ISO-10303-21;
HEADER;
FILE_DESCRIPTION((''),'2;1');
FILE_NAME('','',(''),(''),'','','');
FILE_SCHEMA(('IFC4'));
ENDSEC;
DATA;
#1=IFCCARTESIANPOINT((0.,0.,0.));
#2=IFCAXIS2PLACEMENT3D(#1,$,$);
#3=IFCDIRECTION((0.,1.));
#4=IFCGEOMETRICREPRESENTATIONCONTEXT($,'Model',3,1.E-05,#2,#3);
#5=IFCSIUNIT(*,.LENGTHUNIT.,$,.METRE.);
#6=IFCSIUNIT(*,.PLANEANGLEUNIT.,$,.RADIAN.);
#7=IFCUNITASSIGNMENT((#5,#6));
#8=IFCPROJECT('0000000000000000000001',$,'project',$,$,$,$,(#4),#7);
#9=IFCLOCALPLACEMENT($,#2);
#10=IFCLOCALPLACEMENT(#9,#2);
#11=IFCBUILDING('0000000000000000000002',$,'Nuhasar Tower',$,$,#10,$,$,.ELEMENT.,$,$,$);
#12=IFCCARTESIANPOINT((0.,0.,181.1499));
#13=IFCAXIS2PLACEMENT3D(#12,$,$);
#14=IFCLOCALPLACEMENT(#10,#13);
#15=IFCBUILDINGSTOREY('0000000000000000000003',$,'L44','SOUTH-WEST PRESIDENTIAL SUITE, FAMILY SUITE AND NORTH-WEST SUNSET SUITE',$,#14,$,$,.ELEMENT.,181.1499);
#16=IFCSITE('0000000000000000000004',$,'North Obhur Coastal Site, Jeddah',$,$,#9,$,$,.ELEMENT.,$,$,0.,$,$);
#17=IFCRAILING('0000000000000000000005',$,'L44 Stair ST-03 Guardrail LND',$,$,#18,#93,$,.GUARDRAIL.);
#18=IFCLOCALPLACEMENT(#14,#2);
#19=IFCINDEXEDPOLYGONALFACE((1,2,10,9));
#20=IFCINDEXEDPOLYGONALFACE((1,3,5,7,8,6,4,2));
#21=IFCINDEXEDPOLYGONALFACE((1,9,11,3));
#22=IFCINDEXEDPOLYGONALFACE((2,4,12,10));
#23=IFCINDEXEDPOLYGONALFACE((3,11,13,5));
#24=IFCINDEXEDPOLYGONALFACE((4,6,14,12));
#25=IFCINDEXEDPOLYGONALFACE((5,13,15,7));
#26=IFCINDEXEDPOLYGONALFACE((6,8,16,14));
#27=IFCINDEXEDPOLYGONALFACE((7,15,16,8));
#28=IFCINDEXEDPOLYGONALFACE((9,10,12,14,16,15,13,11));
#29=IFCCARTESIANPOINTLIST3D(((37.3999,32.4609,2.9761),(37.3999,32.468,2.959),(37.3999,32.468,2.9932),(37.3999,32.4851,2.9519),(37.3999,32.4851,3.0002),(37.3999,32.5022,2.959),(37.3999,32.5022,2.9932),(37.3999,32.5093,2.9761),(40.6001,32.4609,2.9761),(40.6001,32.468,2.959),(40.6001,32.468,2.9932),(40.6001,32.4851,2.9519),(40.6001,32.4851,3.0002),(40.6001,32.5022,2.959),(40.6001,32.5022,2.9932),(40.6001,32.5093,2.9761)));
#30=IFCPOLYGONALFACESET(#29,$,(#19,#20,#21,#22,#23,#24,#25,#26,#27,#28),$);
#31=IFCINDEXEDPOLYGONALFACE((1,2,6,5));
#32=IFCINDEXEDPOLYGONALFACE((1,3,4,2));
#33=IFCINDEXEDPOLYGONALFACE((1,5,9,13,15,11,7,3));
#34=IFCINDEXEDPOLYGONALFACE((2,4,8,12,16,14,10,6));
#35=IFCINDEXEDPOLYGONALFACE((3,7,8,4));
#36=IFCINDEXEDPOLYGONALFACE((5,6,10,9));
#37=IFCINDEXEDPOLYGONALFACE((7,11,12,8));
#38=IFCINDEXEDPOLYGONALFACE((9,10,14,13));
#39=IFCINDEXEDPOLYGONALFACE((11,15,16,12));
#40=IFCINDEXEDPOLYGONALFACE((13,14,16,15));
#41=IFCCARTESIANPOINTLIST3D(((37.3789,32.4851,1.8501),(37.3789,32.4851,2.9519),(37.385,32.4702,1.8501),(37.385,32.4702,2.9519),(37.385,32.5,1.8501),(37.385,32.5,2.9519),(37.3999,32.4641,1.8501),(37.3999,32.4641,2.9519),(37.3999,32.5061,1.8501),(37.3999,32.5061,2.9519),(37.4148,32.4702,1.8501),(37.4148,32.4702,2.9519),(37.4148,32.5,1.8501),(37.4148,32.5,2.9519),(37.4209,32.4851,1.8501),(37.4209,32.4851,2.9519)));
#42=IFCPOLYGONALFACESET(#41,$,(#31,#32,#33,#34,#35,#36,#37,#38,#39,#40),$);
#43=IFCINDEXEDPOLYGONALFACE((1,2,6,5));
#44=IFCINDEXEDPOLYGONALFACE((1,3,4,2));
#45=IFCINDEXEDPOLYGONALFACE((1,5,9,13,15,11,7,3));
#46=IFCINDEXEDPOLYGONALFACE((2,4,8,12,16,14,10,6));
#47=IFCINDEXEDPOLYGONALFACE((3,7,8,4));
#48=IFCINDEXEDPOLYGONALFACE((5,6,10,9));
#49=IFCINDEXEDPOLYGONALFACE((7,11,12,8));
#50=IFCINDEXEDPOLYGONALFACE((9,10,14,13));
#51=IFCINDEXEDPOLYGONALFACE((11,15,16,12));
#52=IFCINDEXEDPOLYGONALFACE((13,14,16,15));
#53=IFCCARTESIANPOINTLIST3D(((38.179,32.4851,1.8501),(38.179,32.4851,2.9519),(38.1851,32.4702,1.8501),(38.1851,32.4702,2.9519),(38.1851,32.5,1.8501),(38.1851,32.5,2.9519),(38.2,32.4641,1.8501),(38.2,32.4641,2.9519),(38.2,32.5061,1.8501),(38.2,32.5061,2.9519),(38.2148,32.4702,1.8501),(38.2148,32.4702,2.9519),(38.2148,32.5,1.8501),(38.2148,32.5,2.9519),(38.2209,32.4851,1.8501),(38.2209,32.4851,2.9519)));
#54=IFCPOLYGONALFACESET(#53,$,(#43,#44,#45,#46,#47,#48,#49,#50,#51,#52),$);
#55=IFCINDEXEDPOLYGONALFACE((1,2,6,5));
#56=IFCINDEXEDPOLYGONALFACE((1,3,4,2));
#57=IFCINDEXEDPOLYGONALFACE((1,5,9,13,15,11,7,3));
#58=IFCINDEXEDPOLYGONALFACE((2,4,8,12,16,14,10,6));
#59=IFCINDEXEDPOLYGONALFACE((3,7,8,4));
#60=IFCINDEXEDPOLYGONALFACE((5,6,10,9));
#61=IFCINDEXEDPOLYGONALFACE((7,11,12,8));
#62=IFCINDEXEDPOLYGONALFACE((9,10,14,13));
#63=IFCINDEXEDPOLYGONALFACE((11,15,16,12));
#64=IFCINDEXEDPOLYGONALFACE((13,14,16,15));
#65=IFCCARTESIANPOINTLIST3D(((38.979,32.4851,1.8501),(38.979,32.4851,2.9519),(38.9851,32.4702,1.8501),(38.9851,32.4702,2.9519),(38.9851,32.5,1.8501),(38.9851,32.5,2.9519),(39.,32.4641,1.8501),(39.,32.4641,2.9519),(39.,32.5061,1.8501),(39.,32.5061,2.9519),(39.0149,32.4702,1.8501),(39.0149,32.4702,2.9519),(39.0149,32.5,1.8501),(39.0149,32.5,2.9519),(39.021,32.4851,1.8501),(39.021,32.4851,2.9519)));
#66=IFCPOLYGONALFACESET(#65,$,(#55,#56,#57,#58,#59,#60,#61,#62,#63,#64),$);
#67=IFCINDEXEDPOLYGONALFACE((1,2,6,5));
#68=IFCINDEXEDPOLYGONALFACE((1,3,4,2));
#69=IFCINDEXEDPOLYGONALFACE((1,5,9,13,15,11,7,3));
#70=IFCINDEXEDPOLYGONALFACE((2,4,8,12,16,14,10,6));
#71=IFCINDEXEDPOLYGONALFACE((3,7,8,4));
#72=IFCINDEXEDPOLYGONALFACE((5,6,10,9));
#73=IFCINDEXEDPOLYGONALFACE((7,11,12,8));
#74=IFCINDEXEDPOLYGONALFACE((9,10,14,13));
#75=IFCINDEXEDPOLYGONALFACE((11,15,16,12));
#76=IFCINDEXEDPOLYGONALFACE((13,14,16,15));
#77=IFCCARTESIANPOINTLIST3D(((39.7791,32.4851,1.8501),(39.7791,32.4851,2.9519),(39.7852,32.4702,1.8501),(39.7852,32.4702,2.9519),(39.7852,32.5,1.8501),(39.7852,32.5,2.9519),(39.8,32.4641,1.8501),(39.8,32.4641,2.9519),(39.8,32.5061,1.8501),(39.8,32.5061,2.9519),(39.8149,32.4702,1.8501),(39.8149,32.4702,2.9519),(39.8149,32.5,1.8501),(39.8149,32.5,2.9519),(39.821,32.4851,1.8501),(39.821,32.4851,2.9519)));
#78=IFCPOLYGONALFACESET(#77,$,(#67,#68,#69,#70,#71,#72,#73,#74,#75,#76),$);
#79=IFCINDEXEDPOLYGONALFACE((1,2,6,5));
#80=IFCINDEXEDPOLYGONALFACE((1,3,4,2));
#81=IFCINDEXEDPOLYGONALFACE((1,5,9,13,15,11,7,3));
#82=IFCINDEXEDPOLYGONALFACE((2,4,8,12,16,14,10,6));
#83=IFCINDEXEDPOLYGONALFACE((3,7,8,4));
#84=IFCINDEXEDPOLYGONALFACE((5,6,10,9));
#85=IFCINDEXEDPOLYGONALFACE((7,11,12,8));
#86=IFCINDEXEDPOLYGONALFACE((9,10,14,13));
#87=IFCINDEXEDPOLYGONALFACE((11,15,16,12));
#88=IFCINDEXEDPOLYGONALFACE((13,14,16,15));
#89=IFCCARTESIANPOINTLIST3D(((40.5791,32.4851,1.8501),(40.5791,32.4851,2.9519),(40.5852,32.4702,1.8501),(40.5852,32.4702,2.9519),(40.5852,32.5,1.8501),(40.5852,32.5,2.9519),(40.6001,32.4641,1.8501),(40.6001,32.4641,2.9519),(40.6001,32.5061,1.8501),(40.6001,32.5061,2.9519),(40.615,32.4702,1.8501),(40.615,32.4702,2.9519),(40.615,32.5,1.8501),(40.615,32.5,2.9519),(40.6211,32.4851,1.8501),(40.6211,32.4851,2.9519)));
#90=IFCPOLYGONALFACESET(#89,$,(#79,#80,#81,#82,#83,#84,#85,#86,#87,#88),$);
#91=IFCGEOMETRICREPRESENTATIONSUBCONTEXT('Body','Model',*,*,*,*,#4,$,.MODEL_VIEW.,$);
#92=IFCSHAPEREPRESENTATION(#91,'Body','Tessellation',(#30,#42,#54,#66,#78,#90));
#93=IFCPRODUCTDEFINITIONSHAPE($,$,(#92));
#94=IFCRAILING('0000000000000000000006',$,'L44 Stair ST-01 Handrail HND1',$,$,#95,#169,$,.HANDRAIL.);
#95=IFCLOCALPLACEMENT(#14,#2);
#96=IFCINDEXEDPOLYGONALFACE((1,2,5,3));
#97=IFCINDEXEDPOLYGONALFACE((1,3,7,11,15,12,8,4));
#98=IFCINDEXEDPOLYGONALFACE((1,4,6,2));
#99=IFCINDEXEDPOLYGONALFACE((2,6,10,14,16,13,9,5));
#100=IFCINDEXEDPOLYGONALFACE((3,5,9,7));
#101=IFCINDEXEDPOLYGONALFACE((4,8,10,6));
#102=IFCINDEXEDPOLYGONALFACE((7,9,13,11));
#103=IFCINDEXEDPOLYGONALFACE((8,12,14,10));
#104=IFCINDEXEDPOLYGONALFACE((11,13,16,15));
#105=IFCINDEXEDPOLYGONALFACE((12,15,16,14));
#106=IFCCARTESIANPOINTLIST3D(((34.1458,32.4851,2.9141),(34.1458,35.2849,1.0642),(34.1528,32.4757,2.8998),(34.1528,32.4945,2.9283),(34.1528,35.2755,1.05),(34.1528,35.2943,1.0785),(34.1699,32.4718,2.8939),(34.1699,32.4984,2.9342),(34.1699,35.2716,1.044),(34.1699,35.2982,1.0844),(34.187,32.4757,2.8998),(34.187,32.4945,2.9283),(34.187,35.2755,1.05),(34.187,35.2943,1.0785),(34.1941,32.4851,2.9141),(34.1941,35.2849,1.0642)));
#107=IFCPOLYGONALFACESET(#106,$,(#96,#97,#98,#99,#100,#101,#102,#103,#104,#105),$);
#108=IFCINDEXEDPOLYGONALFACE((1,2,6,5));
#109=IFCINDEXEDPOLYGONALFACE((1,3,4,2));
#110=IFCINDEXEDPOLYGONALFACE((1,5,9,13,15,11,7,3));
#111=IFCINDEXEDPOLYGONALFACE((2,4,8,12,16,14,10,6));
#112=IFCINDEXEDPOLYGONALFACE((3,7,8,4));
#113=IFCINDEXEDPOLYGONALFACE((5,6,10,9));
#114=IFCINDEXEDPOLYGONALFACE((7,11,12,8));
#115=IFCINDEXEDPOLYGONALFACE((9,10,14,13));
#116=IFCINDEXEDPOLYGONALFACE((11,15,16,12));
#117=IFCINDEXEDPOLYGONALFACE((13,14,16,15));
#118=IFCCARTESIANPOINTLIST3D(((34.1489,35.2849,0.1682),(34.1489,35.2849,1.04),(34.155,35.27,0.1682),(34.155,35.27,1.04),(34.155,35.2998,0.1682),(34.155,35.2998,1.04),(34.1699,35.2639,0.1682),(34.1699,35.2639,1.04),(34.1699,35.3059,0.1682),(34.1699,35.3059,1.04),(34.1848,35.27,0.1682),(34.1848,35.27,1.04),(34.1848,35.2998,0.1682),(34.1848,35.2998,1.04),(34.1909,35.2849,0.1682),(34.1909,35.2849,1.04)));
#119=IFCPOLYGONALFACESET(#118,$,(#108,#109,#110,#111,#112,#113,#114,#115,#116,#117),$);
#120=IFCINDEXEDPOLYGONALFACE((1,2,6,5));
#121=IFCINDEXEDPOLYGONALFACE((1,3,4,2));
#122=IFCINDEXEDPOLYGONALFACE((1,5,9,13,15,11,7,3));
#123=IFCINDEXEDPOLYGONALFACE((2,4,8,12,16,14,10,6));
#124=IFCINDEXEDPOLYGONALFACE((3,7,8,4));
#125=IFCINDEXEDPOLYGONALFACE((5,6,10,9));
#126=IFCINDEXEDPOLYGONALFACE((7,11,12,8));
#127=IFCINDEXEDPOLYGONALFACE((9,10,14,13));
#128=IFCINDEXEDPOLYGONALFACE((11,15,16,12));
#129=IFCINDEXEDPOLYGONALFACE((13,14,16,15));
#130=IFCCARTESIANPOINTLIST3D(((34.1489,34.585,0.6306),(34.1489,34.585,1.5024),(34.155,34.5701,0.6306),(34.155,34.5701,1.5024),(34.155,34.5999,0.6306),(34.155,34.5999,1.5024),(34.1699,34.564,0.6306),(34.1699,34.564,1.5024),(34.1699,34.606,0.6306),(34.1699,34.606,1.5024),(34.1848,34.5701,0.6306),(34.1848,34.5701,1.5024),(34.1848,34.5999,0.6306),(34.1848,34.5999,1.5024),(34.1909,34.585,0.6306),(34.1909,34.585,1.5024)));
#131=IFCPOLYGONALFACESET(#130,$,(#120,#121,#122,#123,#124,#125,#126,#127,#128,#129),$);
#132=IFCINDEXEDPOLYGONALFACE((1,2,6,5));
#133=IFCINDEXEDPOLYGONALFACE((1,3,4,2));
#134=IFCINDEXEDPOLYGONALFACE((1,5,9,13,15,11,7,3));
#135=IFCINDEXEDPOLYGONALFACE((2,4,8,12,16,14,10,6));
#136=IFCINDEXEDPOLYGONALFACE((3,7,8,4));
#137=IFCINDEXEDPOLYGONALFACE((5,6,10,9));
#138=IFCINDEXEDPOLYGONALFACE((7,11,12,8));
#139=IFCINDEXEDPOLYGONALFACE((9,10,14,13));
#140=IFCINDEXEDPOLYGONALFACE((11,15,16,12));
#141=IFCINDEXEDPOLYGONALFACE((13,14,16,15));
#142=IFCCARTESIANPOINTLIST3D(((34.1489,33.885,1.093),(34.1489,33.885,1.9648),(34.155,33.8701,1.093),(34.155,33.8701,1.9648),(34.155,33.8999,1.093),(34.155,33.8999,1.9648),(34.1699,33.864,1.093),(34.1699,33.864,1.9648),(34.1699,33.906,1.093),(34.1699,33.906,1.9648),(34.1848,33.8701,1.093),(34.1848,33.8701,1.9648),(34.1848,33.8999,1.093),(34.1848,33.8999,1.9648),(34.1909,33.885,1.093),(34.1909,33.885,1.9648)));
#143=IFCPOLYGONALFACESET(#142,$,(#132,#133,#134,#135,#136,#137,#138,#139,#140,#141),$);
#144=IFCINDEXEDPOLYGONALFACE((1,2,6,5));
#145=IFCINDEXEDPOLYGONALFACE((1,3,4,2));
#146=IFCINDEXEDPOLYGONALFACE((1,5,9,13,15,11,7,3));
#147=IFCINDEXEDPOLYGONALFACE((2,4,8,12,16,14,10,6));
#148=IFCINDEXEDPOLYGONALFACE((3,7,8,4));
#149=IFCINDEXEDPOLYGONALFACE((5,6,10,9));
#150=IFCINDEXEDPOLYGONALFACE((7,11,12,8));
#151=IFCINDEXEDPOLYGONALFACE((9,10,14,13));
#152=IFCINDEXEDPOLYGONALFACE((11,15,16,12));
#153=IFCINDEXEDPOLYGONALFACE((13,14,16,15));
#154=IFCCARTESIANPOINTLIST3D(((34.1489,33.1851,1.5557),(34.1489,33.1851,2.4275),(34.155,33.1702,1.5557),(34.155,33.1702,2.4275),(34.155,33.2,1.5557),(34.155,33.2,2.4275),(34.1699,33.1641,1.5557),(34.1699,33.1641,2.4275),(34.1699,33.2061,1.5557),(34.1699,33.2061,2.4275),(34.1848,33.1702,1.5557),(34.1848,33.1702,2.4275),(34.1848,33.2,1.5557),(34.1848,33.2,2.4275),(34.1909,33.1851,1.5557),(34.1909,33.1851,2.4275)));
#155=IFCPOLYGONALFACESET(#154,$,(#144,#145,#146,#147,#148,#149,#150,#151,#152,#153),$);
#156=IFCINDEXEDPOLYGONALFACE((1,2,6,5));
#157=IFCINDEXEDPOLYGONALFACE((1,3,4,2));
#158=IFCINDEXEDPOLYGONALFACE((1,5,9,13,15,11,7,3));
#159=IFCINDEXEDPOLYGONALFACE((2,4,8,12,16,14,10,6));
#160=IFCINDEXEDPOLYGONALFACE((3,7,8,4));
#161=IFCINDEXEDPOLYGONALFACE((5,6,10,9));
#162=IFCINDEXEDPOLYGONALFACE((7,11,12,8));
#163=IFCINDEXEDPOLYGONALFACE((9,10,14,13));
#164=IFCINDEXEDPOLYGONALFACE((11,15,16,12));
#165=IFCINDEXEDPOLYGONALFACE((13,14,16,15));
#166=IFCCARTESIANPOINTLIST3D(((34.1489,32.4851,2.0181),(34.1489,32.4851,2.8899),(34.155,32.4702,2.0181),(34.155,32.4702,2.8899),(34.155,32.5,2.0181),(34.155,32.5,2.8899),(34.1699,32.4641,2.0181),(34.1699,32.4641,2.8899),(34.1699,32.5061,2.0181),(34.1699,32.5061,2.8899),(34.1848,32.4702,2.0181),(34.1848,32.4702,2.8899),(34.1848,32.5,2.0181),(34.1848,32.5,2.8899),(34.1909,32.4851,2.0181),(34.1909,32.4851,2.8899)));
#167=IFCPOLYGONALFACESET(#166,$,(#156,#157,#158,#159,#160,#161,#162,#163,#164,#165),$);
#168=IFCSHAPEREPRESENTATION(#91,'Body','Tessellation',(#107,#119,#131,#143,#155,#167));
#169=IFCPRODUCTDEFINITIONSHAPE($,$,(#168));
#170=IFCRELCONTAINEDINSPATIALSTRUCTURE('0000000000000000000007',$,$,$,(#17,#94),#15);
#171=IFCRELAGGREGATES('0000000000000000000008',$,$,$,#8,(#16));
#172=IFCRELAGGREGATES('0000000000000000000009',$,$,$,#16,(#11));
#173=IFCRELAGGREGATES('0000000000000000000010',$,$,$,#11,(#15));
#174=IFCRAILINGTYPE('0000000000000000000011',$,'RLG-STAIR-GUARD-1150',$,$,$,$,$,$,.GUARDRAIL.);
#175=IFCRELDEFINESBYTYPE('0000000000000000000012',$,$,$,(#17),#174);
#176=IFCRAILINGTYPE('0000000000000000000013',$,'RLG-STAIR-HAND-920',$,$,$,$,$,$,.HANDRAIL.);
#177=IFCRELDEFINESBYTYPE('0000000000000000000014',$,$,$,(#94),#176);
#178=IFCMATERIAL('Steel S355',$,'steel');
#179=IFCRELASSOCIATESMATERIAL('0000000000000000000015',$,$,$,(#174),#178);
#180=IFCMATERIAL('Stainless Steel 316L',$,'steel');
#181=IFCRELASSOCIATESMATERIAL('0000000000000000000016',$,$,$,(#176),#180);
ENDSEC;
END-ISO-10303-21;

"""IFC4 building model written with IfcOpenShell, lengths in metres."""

from ifc_helpers import new_model, si_unit, direction, frame, origin, place, context, subcontext, project, spatial, polyline, outline, extrude, material, type_object, element, save


model = new_model("IFC4")

# Units and contexts
model_context = context("Model", 3, precision=1e-05, world=origin(), true_north=direction((0.0, 1.0)))
body_context = subcontext(model_context, "Body", "Model", "MODEL_VIEW")
ifc_project = project(units=[si_unit("LENGTHUNIT", "METRE"), si_unit("PLANEANGLEUNIT", "RADIAN")], contexts=[model_context])

# Site, building, storey
site_placement = place(None, origin())
site = spatial("IfcSite", under=ifc_project, at=site_placement, Name="North Obhur Coastal Site, Jeddah", CompositionType="ELEMENT", RefElevation=0.0)
building_placement = place(site_placement, origin())
building = spatial("IfcBuilding", under=site, at=building_placement, Name="Nuhasar Tower", CompositionType="ELEMENT")
storey_placement = place(building_placement, frame((0.0, 0.0, 181.1499)))
storey = spatial("IfcBuildingStorey", under=building, at=storey_placement, Name="L44", Description="SOUTH-WEST PRESIDENTIAL SUITE, FAMILY SUITE AND NORTH-WEST SUNSET SUITE", CompositionType="ELEMENT", Elevation=181.1499)

# Shared definitions
ifc_material_1 = material(Name="Steel S355", Category="steel")

# Railings
railing_type_1 = type_object("IfcRailingType", Name="RLG-STAIR-GUARD-1150", PredefinedType="GUARDRAIL", material=ifc_material_1)
railing_1_placement = place(storey_placement, frame((37.3999, 32.4851, 1.8501)))
element("IfcRailing", 1, at=railing_1_placement, inside=storey, type_object=railing_type_1, Name="L44 Stair ST-03 Guardrail LND", PredefinedType="GUARDRAIL", context=body_context, shape_type="SweptSolid", body=[
    extrude(outline(polyline([(0.0242, 0.0), (0.0171, 0.0171), (0.0, 0.0242), (-0.0171, 0.0171), (-0.0242, 0.0), (-0.0171, -0.0171), (0.0, -0.0242), (0.0171, -0.0171), (0.0242, 0.0)])), frame((0.0, 0.0, 1.126), z_axis=(1.0, 0.0, 0.0), x_axis=(0.0, 1.0, 0.0)), (0.0, 0.0, 1.0), 3.2002),
    extrude(outline(polyline([(0.021, 0.0), (0.0149, 0.0149), (0.0, 0.021), (-0.0149, 0.0149), (-0.021, 0.0), (-0.0149, -0.0149), (0.0, -0.021), (0.0149, -0.0149), (0.021, 0.0)])), origin(), (0.0, 0.0, 1.0), 1.1018),
    extrude(outline(polyline([(0.021, 0.0), (0.0149, 0.0149), (0.0, 0.021), (-0.0149, 0.0149), (-0.021, 0.0), (-0.0149, -0.0149), (0.0, -0.021), (0.0149, -0.0149), (0.021, 0.0)])), frame((0.8, 0.0, 0.0)), (0.0, 0.0, 1.0), 1.1018),
    extrude(outline(polyline([(0.021, 0.0), (0.0149, 0.0149), (0.0, 0.021), (-0.0149, 0.0149), (-0.021, 0.0), (-0.0149, -0.0149), (0.0, -0.021), (0.0149, -0.0149), (0.021, 0.0)])), frame((1.6001, 0.0, 0.0)), (0.0, 0.0, 1.0), 1.1018),
    extrude(outline(polyline([(0.021, 0.0), (0.0149, 0.0149), (0.0, 0.021), (-0.0149, 0.0149), (-0.021, 0.0), (-0.0149, -0.0149), (0.0, -0.021), (0.0149, -0.0149), (0.021, 0.0)])), frame((2.4001, 0.0, 0.0)), (0.0, 0.0, 1.0), 1.1018),
    extrude(outline(polyline([(0.021, 0.0), (0.0149, 0.0149), (0.0, 0.021), (-0.0149, 0.0149), (-0.021, 0.0), (-0.0149, -0.0149), (0.0, -0.021), (0.0149, -0.0149), (0.021, 0.0)])), frame((3.2002, 0.0, 0.0)), (0.0, 0.0, 1.0), 1.1018),
])
ifc_material_2 = material(Name="Stainless Steel 316L", Category="steel")
railing_type_2 = type_object("IfcRailingType", Name="RLG-STAIR-HAND-920", PredefinedType="HANDRAIL", material=ifc_material_2)
railing_2_placement = place(storey_placement, frame((34.1699, 35.2849, 0.1682)))
element("IfcRailing", 2, at=railing_2_placement, inside=storey, type_object=railing_type_2, Name="L44 Stair ST-01 Handrail HND1", PredefinedType="HANDRAIL", context=body_context, shape_type="SweptSolid", body=[
    extrude(outline(polyline([(0.0242, 0.0), (0.0171, 0.0171), (0.0, 0.0242), (-0.0171, 0.0171), (-0.0242, 0.0), (-0.0171, -0.0171), (0.0, -0.0242), (0.0171, -0.0171), (0.0242, 0.0)])), frame((0.0, 0.0, 0.896), z_axis=(0.0, -0.834338, 0.551254), x_axis=(1.0, 0.0, 0.0)), (0.0, 0.0, 1.0), 3.3557),
    extrude(outline(polyline([(0.021, 0.0), (0.0149, 0.0149), (0.0, 0.021), (-0.0149, 0.0149), (-0.021, 0.0), (-0.0149, -0.0149), (0.0, -0.021), (0.0149, -0.0149), (0.021, 0.0)])), origin(), (0.0, 0.0, 1.0), 0.8718),
    extrude(outline(polyline([(0.021, 0.0), (0.0149, 0.0149), (0.0, 0.021), (-0.0149, 0.0149), (-0.021, 0.0), (-0.0149, -0.0149), (0.0, -0.021), (0.0149, -0.0149), (0.021, 0.0)])), frame((0.0, -0.7, 0.4624)), (0.0, 0.0, 1.0), 0.8718),
    extrude(outline(polyline([(0.021, 0.0), (0.0149, 0.0149), (0.0, 0.021), (-0.0149, 0.0149), (-0.021, 0.0), (-0.0149, -0.0149), (0.0, -0.021), (0.0149, -0.0149), (0.021, 0.0)])), frame((0.0, -1.3999, 0.9248)), (0.0, 0.0, 1.0), 0.8718),
    extrude(outline(polyline([(0.021, 0.0), (0.0149, 0.0149), (0.0, 0.021), (-0.0149, 0.0149), (-0.021, 0.0), (-0.0149, -0.0149), (0.0, -0.021), (0.0149, -0.0149), (0.021, 0.0)])), frame((0.0, -2.0999, 1.3875)), (0.0, 0.0, 1.0), 0.8718),
    extrude(outline(polyline([(0.021, 0.0), (0.0149, 0.0149), (0.0, 0.021), (-0.0149, 0.0149), (-0.021, 0.0), (-0.0149, -0.0149), (0.0, -0.021), (0.0149, -0.0149), (0.021, 0.0)])), frame((0.0, -2.7998, 1.8499)), (0.0, 0.0, 1.0), 0.8718),
])

save(model, "model.ifc")
